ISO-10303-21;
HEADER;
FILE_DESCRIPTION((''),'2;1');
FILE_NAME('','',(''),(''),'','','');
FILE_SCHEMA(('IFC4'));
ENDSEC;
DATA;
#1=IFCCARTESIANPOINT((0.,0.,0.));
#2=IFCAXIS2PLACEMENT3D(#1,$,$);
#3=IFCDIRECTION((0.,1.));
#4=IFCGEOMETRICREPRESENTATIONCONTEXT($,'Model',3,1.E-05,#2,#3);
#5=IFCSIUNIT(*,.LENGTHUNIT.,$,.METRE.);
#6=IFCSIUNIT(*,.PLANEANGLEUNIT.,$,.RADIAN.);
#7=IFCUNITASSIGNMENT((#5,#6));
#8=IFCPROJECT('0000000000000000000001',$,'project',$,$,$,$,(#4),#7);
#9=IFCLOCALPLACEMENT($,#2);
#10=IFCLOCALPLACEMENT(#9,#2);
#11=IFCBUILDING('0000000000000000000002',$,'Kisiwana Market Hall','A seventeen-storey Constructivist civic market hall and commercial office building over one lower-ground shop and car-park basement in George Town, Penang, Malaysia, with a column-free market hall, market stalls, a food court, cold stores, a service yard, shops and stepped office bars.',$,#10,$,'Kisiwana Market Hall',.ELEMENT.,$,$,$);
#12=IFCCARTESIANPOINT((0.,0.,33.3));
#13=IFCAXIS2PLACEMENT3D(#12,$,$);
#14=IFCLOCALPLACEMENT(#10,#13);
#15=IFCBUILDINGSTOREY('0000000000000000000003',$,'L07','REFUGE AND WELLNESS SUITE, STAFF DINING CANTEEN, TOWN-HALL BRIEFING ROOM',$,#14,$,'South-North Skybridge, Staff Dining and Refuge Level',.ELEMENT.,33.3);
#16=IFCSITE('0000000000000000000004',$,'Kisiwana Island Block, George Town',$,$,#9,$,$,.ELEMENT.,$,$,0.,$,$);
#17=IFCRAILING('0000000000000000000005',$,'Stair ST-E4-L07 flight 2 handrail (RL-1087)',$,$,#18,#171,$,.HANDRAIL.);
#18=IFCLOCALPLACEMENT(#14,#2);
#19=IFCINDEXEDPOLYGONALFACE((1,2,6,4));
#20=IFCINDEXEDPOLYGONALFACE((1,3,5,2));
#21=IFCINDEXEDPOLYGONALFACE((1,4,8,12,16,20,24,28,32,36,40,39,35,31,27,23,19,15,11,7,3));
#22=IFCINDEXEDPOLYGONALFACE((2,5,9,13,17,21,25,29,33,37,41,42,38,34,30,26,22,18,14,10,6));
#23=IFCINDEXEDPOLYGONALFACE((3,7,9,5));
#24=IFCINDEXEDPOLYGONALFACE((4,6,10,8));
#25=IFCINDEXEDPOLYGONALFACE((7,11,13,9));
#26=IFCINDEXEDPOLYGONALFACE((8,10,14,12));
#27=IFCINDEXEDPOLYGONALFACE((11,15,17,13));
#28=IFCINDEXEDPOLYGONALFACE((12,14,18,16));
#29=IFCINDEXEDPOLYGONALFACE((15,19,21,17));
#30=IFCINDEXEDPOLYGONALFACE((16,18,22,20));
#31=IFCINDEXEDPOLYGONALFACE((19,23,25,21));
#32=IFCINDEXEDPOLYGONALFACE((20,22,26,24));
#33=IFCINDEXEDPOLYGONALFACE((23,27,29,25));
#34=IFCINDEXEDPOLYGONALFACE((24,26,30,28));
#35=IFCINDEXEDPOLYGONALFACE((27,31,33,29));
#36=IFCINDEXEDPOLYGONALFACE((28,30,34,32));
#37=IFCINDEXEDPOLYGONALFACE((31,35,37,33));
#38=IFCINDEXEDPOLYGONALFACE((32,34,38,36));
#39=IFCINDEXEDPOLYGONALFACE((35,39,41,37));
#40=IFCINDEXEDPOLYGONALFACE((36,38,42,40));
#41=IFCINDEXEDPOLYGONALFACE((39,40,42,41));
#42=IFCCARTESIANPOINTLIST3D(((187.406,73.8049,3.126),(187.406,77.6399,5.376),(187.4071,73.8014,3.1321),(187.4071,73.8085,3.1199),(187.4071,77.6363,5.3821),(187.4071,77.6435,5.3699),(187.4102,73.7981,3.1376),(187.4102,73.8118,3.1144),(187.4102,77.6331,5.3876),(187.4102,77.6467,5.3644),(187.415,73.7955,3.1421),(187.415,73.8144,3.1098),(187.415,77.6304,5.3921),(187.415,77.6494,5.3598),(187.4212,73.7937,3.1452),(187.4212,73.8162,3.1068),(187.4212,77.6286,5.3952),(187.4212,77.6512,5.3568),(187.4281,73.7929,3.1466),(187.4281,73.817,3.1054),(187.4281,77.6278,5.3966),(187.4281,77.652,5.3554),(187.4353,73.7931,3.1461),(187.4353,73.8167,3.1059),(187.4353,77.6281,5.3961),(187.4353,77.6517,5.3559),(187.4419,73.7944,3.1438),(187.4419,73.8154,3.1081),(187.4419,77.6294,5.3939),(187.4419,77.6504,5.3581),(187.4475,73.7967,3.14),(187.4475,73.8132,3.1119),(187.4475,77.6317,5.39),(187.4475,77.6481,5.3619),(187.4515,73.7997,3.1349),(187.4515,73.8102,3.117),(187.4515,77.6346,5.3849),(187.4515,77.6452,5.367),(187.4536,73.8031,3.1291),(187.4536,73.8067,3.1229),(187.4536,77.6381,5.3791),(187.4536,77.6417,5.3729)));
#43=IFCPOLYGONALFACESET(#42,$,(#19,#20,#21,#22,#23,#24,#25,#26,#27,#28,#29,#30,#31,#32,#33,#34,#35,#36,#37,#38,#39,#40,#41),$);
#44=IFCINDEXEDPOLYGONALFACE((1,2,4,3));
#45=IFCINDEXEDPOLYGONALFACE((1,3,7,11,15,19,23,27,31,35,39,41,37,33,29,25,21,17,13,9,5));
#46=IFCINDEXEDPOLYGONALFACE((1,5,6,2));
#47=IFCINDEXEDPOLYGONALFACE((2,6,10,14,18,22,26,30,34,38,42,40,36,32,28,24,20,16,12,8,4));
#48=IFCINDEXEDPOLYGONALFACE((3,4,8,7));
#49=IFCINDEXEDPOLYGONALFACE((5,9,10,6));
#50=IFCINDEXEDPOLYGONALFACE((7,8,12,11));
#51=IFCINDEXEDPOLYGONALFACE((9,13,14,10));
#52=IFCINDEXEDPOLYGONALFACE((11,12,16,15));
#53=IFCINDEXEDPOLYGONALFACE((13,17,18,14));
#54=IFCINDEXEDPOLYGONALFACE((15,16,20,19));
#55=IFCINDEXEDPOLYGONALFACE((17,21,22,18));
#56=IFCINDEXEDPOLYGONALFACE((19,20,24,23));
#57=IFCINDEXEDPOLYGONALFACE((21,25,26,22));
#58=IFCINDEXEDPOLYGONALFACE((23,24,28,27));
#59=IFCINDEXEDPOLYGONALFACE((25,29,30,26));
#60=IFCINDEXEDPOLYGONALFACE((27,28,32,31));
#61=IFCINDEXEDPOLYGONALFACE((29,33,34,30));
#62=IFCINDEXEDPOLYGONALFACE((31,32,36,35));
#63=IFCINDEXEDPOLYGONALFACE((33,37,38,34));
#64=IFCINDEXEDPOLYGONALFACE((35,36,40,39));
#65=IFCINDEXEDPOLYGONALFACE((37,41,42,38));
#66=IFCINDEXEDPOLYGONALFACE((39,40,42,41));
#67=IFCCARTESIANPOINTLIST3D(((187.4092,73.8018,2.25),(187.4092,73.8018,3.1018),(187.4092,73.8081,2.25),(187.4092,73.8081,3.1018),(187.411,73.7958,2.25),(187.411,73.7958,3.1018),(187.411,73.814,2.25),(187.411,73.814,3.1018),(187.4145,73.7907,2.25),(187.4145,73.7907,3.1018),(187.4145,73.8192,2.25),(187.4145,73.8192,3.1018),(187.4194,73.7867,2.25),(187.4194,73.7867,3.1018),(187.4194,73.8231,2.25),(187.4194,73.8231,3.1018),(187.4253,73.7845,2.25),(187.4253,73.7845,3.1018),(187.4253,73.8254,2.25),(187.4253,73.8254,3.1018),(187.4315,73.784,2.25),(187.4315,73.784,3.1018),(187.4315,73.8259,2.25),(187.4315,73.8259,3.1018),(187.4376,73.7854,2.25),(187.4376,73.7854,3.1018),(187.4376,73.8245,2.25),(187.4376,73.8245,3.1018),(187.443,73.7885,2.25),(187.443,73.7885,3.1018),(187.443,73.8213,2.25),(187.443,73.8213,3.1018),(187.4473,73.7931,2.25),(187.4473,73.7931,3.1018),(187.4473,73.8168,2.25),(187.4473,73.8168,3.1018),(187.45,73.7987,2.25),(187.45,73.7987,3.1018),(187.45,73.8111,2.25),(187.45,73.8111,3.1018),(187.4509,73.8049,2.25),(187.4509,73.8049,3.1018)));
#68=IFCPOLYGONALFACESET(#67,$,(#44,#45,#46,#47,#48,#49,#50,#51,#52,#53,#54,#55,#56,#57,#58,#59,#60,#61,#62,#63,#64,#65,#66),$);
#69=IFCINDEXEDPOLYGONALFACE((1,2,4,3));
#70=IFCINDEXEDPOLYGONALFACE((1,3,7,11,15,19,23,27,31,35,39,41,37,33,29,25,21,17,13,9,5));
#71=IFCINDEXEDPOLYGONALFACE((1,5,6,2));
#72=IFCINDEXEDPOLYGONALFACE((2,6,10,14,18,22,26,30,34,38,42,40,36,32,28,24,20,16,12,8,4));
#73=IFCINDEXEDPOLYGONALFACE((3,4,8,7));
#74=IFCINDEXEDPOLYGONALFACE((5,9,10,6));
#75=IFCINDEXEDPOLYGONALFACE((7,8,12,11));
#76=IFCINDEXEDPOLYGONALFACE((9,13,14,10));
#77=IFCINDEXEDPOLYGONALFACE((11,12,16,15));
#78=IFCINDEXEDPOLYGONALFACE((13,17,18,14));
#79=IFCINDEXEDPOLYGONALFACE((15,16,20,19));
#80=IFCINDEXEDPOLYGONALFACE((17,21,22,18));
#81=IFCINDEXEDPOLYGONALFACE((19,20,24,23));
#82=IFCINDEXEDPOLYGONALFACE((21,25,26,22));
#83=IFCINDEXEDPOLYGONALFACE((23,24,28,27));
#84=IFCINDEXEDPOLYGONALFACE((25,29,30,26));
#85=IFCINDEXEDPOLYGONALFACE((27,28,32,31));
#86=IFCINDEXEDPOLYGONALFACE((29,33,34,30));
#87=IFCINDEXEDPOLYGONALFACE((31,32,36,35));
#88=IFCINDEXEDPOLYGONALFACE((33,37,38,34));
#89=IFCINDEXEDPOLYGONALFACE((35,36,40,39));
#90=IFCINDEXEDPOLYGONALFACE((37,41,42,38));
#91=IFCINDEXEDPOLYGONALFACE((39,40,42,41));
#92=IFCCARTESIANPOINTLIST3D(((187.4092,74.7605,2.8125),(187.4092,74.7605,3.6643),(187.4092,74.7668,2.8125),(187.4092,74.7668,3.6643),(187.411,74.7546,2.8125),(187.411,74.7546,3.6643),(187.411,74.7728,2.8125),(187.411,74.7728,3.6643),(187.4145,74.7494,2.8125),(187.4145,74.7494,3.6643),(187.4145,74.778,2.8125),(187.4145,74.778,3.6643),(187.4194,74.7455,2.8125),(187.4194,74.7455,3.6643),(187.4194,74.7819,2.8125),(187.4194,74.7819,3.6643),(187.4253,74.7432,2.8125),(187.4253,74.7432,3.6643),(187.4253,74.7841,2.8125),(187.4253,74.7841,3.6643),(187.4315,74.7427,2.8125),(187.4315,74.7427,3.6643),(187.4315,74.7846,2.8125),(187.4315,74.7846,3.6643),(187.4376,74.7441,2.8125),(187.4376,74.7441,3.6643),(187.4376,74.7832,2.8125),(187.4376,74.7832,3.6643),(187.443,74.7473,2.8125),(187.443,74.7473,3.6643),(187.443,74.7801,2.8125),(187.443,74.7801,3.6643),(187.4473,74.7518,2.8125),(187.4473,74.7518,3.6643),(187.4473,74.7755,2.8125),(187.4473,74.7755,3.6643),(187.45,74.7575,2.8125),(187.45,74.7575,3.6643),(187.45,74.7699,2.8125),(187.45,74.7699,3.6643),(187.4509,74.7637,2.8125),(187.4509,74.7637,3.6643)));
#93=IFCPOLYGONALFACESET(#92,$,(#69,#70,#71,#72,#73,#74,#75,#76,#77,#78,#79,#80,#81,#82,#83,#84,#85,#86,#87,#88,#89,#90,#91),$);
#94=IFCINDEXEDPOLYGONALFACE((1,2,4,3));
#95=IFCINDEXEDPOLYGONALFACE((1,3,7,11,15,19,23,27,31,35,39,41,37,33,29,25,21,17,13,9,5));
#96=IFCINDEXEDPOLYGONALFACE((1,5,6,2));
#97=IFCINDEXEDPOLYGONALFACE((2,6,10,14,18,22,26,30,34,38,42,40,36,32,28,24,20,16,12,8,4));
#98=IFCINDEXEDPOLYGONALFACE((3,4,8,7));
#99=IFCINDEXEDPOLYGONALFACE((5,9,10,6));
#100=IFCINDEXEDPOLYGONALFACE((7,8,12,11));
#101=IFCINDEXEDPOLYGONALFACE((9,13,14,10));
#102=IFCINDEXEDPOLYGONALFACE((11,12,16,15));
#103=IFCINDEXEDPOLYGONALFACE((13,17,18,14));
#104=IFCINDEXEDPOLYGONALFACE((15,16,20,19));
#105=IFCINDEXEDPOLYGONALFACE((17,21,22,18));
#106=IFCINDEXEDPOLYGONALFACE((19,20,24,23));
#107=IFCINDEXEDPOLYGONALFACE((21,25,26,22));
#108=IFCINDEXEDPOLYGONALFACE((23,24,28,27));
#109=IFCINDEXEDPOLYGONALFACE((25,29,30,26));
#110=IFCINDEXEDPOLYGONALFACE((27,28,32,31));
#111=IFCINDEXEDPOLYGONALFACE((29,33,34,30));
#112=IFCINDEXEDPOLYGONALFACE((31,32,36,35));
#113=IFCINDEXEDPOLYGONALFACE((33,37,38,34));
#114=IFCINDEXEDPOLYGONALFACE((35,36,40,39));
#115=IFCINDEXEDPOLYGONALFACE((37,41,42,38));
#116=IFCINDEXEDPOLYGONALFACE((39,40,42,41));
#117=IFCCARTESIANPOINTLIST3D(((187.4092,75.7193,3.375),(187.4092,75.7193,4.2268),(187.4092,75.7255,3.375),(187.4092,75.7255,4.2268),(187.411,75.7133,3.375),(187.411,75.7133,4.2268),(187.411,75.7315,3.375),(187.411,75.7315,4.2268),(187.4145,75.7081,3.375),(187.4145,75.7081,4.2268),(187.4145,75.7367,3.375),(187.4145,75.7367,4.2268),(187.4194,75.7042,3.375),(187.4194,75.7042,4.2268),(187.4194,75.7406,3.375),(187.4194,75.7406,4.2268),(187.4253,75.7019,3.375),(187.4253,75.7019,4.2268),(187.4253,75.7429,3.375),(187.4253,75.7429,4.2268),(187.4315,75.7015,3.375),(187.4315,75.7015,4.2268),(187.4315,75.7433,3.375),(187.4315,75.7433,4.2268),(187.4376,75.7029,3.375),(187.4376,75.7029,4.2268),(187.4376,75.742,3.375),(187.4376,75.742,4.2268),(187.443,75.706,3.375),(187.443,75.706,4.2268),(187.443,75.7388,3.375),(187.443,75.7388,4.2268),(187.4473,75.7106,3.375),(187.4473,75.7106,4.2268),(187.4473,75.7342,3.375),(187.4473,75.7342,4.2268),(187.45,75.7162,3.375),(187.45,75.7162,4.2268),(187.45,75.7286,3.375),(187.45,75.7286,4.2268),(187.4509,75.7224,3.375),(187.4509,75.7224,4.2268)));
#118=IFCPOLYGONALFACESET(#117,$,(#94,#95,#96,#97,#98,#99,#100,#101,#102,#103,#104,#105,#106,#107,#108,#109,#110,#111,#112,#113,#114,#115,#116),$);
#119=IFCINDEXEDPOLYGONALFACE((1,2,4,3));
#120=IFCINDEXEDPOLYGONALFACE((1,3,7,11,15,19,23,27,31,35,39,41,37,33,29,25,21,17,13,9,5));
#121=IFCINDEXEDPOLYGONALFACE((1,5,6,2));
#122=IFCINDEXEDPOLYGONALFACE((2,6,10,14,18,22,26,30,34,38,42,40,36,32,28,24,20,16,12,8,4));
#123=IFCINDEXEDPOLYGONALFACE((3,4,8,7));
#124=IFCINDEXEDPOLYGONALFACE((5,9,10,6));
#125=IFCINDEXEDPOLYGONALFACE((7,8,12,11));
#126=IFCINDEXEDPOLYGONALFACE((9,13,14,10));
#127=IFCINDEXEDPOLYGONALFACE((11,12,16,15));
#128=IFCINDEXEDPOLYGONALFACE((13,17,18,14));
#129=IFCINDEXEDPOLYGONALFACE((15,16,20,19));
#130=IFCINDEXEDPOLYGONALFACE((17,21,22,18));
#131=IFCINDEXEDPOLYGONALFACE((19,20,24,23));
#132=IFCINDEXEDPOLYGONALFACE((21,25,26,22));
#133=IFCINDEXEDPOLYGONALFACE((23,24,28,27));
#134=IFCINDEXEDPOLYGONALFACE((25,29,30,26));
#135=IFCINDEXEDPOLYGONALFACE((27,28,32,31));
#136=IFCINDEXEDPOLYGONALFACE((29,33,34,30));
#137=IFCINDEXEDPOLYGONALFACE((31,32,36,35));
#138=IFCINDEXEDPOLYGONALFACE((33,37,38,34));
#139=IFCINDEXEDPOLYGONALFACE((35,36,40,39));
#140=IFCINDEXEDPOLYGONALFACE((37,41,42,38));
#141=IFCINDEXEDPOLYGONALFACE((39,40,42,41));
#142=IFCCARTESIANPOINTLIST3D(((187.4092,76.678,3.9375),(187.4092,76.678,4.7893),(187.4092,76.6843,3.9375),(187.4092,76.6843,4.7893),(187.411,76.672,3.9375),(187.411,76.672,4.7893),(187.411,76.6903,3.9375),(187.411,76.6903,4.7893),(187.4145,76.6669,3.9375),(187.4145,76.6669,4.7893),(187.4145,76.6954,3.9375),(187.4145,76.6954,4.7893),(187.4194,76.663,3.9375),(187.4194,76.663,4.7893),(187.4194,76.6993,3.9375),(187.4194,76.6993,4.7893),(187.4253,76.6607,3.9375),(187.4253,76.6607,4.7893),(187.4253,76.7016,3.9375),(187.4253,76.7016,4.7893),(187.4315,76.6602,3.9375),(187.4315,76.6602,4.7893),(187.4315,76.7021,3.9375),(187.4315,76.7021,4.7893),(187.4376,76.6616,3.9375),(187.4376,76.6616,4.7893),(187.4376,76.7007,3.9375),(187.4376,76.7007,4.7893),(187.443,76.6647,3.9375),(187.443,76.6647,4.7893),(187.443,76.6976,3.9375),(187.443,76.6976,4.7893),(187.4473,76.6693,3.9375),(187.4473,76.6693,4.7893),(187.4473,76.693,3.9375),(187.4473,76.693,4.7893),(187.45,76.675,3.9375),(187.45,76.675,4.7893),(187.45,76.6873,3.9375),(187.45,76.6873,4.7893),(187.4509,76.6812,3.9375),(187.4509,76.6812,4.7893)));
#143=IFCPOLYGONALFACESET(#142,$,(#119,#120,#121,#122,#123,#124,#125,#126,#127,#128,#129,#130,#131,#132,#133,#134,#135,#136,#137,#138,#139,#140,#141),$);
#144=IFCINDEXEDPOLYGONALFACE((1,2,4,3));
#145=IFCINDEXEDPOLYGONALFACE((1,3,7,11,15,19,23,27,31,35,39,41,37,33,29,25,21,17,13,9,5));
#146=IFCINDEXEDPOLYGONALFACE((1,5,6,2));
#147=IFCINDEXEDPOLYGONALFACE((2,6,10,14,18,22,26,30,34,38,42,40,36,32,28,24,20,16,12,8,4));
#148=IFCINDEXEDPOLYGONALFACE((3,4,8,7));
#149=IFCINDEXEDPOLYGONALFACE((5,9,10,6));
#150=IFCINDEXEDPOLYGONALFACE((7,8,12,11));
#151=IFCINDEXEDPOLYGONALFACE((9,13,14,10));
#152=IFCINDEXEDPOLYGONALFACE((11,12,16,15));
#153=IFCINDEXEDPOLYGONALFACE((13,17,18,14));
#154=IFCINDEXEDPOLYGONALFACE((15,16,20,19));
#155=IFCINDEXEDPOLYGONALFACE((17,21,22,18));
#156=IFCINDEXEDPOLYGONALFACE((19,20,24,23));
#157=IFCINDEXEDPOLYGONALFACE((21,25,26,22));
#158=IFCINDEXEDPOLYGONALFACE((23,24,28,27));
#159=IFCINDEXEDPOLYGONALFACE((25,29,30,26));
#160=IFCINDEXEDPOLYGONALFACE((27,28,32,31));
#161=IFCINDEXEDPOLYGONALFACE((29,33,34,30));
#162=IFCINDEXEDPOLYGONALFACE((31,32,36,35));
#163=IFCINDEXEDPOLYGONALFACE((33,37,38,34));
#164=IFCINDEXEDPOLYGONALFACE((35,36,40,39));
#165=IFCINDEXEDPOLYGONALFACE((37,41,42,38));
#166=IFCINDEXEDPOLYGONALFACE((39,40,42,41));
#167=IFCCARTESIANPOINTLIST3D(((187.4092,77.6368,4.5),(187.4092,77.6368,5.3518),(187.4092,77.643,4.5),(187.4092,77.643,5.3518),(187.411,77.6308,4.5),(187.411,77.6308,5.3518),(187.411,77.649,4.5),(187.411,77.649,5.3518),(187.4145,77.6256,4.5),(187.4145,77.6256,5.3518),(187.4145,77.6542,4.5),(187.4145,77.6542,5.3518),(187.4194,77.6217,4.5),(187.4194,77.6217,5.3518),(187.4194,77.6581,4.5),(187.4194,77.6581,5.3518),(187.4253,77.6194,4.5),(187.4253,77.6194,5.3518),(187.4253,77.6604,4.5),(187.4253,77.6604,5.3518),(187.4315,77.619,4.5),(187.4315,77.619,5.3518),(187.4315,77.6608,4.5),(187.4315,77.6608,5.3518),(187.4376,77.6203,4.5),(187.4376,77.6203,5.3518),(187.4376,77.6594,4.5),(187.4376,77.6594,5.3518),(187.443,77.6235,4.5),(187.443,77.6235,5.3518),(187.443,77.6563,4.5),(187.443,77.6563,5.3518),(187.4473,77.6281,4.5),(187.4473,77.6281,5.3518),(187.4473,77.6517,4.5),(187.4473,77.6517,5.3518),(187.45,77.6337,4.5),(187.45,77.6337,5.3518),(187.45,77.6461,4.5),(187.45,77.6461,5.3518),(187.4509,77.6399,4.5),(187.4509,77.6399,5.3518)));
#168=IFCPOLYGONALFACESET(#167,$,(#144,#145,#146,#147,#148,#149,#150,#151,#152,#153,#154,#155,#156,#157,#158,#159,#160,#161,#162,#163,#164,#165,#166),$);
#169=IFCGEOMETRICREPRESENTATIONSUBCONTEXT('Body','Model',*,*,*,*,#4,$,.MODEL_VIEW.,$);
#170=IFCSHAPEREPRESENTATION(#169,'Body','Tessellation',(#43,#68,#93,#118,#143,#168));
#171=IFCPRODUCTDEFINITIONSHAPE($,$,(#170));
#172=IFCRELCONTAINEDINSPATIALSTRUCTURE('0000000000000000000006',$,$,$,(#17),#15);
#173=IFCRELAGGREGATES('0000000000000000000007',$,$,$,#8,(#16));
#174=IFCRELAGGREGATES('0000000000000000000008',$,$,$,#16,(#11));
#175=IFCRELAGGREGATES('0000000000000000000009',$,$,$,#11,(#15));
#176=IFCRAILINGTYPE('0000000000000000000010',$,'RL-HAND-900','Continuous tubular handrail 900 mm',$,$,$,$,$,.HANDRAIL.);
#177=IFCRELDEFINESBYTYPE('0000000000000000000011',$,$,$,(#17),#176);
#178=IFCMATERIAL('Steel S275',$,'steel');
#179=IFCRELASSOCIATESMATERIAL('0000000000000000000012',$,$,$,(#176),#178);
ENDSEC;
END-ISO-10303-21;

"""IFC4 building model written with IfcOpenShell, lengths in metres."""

from ifc_helpers import new_model, si_unit, direction, frame, origin, origin_2d, place, context, subcontext, project, spatial, circle, extrude, material, type_object, element, save


model = new_model("IFC4")

# Units and contexts
model_context = context("Model", 3, precision=1e-05, world=origin(), true_north=direction((0.0, 1.0)))
body_context = subcontext(model_context, "Body", "Model", "MODEL_VIEW")
ifc_project = project(units=[si_unit("LENGTHUNIT", "METRE"), si_unit("PLANEANGLEUNIT", "RADIAN")], contexts=[model_context])

# Site, building, storey
site_placement = place(None, origin())
site = spatial("IfcSite", under=ifc_project, at=site_placement, Name="Kisiwana Island Block, George Town", CompositionType="ELEMENT", RefElevation=0.0)
building_placement = place(site_placement, origin())
building = spatial("IfcBuilding", under=site, at=building_placement, Name="Kisiwana Market Hall", Description="A seventeen-storey Constructivist civic market hall and commercial office building over one lower-ground shop and car-park basement in George Town, Penang, Malaysia, with a column-free market hall, market stalls, a food court, cold stores, a service yard, shops and stepped office bars.", LongName="Kisiwana Market Hall", CompositionType="ELEMENT")
storey_placement = place(building_placement, frame((0.0, 0.0, 33.3)))
storey = spatial("IfcBuildingStorey", under=building, at=storey_placement, Name="L07", Description="REFUGE AND WELLNESS SUITE, STAFF DINING CANTEEN, TOWN-HALL BRIEFING ROOM", LongName="South-North Skybridge, Staff Dining and Refuge Level", CompositionType="ELEMENT", Elevation=33.3)

# Railing
ifc_material_1 = material(Name="Steel S275", Category="steel")
railing_type_1 = type_object("IfcRailingType", Name="RL-HAND-900", Description="Continuous tubular handrail 900 mm", PredefinedType="HANDRAIL", material=ifc_material_1)
railing_1_placement = place(storey_placement, frame((187.4299, 73.8049, 2.25)))
element("IfcRailing", 1, at=railing_1_placement, inside=storey, type_object=railing_type_1, Name="Stair ST-E4-L07 flight 2 handrail (RL-1087)", PredefinedType="HANDRAIL", context=body_context, shape_type="SweptSolid", body=[
    extrude(circle(Radius=0.0239, at=origin_2d()), frame((0.0, 0.0, 0.876), z_axis=(0.0, 0.86251, 0.506041), x_axis=(-1.0, 0.0, 0.0)), (0.0, 0.0, 1.0), 4.4463),
    extrude(circle(Radius=0.021, at=origin_2d()), origin(), (0.0, 0.0, 1.0), 0.8518),
    extrude(circle(Radius=0.021, at=origin_2d()), frame((0.0, 0.9587, 0.5625)), (0.0, 0.0, 1.0), 0.8518),
    extrude(circle(Radius=0.021, at=origin_2d()), frame((0.0, 1.9175, 1.125)), (0.0, 0.0, 1.0), 0.8518),
    extrude(circle(Radius=0.021, at=origin_2d()), frame((0.0, 2.8762, 1.6875)), (0.0, 0.0, 1.0), 0.8518),
    extrude(circle(Radius=0.021, at=origin_2d()), frame((0.0, 3.835, 2.25)), (0.0, 0.0, 1.0), 0.8518),
])

save(model, "model.ifc")
